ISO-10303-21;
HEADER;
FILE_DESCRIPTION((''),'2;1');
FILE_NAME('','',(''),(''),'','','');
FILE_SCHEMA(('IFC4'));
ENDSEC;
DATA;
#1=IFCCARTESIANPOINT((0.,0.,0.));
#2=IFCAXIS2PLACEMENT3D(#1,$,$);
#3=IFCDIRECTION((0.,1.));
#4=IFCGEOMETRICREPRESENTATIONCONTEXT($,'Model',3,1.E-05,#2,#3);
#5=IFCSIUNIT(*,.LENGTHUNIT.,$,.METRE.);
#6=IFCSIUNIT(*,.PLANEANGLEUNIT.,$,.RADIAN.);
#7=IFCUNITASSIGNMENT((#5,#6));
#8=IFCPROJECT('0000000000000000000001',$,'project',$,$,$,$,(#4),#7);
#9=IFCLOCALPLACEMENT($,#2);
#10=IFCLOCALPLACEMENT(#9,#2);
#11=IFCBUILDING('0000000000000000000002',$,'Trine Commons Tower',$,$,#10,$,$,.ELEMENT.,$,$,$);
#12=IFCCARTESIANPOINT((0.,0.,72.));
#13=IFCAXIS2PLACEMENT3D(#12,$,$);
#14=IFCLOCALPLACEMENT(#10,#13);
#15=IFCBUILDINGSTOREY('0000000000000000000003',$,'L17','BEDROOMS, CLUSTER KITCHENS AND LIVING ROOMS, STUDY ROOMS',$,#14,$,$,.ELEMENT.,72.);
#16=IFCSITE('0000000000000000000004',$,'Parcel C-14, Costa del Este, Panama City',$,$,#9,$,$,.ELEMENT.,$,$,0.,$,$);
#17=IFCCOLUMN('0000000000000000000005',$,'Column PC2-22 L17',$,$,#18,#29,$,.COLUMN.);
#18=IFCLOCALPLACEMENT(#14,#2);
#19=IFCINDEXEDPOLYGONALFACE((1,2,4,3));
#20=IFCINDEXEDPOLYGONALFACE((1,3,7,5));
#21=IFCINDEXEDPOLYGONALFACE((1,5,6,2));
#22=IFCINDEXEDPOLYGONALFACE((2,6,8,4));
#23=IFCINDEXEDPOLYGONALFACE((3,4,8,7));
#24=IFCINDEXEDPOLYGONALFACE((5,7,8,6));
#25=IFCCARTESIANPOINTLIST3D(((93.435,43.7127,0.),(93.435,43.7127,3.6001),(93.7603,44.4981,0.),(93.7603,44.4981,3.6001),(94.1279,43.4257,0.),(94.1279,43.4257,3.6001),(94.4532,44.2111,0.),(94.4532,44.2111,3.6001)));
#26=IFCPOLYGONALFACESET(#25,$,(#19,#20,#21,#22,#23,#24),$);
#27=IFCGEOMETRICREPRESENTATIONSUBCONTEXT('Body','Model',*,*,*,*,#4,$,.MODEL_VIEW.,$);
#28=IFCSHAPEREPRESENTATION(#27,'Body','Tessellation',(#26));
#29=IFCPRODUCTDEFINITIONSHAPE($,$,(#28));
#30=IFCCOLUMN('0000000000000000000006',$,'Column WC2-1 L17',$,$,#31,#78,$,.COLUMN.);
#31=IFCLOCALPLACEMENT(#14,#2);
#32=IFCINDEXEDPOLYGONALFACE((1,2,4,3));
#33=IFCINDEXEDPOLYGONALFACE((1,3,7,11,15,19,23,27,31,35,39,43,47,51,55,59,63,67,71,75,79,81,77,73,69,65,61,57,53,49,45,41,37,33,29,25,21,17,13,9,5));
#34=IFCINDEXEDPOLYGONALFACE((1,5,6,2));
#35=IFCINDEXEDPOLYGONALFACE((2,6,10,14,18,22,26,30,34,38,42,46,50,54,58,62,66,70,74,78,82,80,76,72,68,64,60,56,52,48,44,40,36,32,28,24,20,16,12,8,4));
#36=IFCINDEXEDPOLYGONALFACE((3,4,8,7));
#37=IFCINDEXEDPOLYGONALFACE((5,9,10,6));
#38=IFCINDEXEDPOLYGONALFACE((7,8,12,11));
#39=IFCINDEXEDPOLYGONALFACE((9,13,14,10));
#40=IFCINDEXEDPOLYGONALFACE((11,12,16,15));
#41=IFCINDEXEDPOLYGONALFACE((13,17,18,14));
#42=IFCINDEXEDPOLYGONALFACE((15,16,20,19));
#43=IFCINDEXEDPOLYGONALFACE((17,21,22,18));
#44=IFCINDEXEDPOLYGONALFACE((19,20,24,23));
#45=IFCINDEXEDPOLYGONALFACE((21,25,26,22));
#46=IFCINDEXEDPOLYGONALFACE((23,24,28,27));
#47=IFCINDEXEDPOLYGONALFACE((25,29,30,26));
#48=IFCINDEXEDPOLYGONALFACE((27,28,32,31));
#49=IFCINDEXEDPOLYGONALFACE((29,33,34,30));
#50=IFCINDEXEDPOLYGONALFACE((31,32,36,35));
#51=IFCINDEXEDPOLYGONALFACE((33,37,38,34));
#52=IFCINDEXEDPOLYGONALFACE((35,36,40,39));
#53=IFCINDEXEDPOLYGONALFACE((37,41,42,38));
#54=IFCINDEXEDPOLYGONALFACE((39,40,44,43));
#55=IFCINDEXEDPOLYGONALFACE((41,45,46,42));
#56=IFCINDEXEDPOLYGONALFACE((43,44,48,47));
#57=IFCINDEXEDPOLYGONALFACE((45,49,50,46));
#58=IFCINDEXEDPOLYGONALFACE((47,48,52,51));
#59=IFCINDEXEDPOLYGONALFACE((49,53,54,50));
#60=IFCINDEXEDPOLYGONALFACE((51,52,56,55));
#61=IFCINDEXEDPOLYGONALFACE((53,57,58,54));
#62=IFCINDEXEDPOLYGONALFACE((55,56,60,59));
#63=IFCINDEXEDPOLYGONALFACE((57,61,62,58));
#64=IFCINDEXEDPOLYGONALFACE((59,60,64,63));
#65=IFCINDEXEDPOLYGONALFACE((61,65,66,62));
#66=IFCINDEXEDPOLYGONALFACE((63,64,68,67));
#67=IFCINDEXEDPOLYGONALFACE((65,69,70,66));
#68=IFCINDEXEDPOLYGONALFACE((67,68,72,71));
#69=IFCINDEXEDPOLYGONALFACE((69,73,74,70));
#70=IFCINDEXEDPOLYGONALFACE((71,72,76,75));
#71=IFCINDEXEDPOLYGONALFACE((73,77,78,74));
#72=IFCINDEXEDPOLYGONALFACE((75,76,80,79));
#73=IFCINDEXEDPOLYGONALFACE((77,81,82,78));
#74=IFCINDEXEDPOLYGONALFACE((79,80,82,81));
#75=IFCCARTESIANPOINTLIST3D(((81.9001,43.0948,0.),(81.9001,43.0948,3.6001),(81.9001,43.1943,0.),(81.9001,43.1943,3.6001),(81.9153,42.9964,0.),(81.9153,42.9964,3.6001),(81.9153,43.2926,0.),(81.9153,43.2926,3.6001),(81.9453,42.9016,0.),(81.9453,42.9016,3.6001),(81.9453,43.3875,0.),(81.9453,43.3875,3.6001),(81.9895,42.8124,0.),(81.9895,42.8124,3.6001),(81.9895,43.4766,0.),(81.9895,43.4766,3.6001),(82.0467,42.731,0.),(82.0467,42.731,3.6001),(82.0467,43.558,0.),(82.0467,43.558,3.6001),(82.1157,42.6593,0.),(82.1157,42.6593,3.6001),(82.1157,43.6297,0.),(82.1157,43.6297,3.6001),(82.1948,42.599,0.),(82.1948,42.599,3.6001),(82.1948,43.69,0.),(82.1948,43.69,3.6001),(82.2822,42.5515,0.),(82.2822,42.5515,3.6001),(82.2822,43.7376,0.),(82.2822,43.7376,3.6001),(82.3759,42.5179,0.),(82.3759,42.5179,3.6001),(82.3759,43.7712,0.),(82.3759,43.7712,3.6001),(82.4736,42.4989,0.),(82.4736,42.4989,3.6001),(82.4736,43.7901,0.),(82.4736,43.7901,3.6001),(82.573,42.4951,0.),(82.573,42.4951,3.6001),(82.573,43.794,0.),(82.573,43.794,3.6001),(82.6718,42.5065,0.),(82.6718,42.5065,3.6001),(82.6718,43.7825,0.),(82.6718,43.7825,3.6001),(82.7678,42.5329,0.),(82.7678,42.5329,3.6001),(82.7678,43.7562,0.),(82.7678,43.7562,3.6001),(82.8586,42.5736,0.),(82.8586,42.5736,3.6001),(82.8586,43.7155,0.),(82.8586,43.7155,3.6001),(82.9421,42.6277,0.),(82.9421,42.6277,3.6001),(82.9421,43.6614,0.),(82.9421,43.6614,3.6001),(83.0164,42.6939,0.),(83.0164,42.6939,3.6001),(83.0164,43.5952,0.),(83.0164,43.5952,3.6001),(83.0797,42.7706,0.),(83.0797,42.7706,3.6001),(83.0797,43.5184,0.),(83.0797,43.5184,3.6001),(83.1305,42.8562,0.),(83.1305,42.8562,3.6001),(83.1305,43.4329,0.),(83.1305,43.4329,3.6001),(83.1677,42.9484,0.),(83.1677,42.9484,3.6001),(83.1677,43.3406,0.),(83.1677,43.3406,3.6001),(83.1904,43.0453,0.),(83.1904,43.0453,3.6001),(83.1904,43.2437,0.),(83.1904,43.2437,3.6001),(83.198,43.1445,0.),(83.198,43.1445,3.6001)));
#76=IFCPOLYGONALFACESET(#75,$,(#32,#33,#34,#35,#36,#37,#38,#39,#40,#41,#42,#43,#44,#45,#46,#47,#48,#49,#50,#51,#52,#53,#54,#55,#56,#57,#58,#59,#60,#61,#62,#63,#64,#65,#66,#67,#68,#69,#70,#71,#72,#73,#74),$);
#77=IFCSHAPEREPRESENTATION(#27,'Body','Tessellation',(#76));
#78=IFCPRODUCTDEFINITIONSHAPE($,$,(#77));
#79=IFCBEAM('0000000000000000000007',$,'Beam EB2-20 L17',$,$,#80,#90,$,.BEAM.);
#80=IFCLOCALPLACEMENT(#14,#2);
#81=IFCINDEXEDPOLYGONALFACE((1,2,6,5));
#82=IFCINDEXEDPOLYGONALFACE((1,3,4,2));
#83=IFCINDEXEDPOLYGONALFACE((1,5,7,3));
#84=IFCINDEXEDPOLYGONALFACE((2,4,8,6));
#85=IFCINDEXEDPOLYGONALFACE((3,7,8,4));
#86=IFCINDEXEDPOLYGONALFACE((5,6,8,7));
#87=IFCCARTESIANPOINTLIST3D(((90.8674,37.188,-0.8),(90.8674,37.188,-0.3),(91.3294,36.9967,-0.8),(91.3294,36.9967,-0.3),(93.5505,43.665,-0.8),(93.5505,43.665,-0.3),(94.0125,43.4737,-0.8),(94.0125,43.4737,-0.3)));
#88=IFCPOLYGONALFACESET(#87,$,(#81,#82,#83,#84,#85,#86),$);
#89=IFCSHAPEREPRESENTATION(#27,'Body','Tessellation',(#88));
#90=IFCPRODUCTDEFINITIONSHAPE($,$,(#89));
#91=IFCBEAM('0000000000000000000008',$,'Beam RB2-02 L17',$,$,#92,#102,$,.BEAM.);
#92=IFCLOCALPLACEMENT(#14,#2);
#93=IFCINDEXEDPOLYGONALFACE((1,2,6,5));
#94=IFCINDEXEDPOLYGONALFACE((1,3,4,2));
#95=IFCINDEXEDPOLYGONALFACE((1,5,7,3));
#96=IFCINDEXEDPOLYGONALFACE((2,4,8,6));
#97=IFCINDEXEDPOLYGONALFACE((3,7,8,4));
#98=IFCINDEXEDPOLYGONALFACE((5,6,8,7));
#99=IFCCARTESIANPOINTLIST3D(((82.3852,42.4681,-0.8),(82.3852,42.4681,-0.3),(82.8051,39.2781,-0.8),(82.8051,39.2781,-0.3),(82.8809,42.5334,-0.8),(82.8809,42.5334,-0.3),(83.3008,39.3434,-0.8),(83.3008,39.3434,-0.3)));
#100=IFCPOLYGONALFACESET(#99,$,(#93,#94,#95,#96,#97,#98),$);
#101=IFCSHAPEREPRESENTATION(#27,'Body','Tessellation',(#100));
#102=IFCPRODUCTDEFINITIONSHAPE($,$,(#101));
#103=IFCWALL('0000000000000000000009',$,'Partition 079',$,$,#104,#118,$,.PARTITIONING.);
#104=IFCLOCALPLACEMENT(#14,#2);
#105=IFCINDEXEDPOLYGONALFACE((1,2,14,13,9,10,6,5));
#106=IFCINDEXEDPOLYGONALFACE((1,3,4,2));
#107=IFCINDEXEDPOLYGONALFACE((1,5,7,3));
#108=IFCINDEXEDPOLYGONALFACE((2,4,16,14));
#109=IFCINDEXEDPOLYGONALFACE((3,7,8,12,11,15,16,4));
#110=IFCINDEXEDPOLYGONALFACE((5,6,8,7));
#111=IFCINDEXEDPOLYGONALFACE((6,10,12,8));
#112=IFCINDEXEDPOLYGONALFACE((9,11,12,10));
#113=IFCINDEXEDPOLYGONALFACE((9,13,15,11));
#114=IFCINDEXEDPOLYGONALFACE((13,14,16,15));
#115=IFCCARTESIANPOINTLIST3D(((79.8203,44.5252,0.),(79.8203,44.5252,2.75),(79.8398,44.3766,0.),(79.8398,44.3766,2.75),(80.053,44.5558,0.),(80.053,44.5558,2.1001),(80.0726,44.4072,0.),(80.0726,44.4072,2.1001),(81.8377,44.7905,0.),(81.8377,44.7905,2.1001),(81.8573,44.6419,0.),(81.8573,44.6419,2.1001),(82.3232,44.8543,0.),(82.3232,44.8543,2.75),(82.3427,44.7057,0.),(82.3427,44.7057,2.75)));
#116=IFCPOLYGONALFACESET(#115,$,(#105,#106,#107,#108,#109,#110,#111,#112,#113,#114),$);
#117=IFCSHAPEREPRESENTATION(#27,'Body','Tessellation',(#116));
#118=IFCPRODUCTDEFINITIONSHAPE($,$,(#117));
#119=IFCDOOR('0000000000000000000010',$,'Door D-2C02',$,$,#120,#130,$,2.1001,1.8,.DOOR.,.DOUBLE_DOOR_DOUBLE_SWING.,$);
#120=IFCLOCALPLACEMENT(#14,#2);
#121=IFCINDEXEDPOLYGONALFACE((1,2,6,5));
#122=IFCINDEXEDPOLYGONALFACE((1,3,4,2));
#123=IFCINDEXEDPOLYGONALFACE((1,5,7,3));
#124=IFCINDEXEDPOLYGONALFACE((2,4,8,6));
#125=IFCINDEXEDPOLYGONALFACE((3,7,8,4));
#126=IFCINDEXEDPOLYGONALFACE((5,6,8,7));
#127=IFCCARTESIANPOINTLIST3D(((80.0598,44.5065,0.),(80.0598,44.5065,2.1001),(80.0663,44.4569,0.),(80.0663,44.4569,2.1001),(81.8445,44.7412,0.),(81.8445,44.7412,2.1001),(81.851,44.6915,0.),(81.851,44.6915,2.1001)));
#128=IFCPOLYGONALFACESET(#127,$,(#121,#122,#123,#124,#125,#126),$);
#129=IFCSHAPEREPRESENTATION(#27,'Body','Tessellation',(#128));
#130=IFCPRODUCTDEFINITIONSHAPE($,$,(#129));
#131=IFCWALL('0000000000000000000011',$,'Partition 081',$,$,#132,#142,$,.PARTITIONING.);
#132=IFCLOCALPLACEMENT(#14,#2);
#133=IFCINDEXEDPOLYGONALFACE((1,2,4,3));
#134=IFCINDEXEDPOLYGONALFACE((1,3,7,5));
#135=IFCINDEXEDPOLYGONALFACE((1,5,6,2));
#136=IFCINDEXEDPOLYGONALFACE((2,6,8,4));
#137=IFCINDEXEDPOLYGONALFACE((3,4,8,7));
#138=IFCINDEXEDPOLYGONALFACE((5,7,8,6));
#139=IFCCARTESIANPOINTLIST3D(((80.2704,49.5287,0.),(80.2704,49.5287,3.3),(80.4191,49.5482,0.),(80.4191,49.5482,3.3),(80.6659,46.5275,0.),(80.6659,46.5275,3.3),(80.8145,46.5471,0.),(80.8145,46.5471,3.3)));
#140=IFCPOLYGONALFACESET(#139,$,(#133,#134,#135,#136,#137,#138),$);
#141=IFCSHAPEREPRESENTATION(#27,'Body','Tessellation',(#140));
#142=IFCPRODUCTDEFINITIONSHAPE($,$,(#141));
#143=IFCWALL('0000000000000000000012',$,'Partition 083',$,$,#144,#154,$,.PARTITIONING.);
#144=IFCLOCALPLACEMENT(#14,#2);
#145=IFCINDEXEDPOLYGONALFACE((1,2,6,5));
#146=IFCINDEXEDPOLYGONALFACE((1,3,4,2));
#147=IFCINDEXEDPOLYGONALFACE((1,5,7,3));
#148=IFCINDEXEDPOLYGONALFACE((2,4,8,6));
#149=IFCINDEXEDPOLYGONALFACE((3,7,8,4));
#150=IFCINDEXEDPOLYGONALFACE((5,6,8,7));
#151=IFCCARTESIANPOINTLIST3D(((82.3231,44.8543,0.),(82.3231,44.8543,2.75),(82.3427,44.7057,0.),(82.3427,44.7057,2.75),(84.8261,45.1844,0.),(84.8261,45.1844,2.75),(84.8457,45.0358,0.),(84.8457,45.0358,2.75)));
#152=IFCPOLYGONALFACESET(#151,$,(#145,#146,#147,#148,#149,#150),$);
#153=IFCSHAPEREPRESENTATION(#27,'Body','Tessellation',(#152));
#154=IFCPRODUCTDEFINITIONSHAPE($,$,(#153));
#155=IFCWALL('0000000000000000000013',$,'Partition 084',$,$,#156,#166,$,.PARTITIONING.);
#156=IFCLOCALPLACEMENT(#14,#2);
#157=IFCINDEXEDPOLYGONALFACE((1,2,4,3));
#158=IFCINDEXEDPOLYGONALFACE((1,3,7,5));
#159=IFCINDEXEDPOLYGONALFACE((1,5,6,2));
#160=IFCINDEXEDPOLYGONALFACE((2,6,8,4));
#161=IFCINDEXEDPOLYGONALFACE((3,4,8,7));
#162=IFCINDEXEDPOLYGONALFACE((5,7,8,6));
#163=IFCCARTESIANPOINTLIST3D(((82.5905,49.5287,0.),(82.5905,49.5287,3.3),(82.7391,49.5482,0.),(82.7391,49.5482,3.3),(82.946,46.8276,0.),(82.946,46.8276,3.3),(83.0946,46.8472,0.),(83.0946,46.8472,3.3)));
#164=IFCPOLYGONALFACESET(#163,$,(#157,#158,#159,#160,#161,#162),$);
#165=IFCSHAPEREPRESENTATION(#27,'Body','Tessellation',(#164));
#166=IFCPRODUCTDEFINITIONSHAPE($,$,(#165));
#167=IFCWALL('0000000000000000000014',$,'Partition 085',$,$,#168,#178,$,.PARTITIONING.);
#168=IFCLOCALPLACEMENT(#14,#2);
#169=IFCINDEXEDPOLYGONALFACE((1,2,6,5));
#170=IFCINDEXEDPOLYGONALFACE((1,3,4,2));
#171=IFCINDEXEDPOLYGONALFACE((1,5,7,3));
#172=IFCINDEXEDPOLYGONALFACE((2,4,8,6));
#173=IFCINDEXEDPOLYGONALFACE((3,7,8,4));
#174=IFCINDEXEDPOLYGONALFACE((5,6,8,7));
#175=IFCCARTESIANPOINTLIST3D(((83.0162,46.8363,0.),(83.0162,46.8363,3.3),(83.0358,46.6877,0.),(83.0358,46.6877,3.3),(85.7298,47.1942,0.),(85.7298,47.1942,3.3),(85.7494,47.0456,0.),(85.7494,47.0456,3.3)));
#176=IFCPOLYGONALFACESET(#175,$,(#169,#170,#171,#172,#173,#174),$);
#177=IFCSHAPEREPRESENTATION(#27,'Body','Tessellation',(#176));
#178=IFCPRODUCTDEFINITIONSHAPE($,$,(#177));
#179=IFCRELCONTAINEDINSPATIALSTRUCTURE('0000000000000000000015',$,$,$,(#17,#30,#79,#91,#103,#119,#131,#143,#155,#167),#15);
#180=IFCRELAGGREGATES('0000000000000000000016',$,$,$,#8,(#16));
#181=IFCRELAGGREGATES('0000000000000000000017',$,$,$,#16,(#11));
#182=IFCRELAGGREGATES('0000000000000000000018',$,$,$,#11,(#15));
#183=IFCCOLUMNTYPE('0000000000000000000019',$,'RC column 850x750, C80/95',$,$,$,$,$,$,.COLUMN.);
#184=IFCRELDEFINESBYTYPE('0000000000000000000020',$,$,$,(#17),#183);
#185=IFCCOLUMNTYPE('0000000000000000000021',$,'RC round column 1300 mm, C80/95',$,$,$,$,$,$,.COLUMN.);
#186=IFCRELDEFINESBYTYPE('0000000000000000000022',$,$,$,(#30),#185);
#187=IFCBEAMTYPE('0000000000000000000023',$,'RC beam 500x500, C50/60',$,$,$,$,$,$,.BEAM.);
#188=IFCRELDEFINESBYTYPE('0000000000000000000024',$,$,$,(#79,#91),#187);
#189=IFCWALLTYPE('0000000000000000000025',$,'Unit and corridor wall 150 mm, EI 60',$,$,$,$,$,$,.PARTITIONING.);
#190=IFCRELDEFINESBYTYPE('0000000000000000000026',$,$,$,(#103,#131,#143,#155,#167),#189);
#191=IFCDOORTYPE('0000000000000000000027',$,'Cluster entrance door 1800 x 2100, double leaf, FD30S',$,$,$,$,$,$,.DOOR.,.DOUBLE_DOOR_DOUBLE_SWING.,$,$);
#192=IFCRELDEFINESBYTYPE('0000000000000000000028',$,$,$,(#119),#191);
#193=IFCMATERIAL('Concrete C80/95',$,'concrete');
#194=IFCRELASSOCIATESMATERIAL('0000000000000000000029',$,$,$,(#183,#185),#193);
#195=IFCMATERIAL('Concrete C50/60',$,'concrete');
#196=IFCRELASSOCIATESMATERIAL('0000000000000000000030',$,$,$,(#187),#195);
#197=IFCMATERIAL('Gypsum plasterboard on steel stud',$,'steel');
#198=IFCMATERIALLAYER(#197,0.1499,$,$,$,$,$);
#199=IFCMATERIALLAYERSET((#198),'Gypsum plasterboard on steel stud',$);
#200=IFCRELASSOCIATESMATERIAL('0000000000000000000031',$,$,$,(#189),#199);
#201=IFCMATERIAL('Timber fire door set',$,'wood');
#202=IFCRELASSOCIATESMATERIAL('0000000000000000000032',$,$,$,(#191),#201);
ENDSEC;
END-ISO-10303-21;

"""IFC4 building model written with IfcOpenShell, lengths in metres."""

from ifc_helpers import new_model, si_unit, direction, frame, frame_2d, origin, origin_2d, place, context, subcontext, project, spatial, rectangle, circle, extrude, material, layer, layer_set, material_profile, profile_set, type_object, element, fill, save


model = new_model("IFC4")

# Units and contexts
model_context = context("Model", 3, precision=1e-05, world=origin(), true_north=direction((0.0, 1.0)))
body_context = subcontext(model_context, "Body", "Model", "MODEL_VIEW")
ifc_project = project(units=[si_unit("LENGTHUNIT", "METRE"), si_unit("PLANEANGLEUNIT", "RADIAN")], contexts=[model_context])

# Site, building, storey
site_placement = place(None, origin())
site = spatial("IfcSite", under=ifc_project, at=site_placement, Name="Parcel C-14, Costa del Este, Panama City", CompositionType="ELEMENT", RefElevation=0.0)
building_placement = place(site_placement, origin())
building = spatial("IfcBuilding", under=site, at=building_placement, Name="Trine Commons Tower", CompositionType="ELEMENT")
storey_placement = place(building_placement, frame((0.0, 0.0, 72.0)))
storey = spatial("IfcBuildingStorey", under=building, at=storey_placement, Name="L17", Description="BEDROOMS, CLUSTER KITCHENS AND LIVING ROOMS, STUDY ROOMS", CompositionType="ELEMENT", Elevation=72.0)

# Columns
ifc_material_1 = material(Name="Concrete C80/95", Category="concrete")
ifc_material_profile_1 = material_profile(ifc_material_1, rectangle(XDim=0.8501, YDim=0.75, at=origin_2d()), Name="RC 850x750")
ifc_profile_set_1 = profile_set([ifc_material_profile_1], Name="Concrete C80/95")
column_type_1 = type_object("IfcColumnType", Name="RC column 850x750, C80/95", PredefinedType="COLUMN", material=ifc_profile_set_1)
column_1_placement = place(storey_placement, frame((93.9441, 43.9619, 0.0), z_axis=(0.0, 0.0, 1.0), x_axis=(0.382683, 0.92388, 0.0)))
element("IfcColumn", 1, at=column_1_placement, inside=storey, type_object=column_type_1, Name="Column PC2-22 L17", PredefinedType="COLUMN", context=body_context, shape_type="SweptSolid", body=[
    extrude(rectangle(XDim=0.8501, YDim=0.75, at=origin_2d()), origin(), (0.0, 0.0, 1.0), 3.6001),
])
ifc_material_profile_2 = material_profile(ifc_material_1, circle(Radius=0.6499, at=origin_2d()), Name="RC round 1300")
ifc_profile_set_2 = profile_set([ifc_material_profile_2], Name="Concrete C80/95")
column_type_2 = type_object("IfcColumnType", Name="RC round column 1300 mm, C80/95", PredefinedType="COLUMN", material=ifc_profile_set_2)
column_2_placement = place(storey_placement, frame((82.5481, 43.1445, 0.0), z_axis=(0.0, 0.0, 1.0), x_axis=(1.0, 0.0, 0.0)))
element("IfcColumn", 2, at=column_2_placement, inside=storey, type_object=column_type_2, Name="Column WC2-1 L17", PredefinedType="COLUMN", context=body_context, shape_type="SweptSolid", body=[
    extrude(circle(Radius=0.6499, at=origin_2d()), origin(), (0.0, 0.0, 1.0), 3.6001),
])

# Beams
ifc_material_2 = material(Name="Concrete C50/60", Category="concrete")
ifc_material_profile_3 = material_profile(ifc_material_2, rectangle(XDim=0.5, YDim=0.5, at=origin_2d()), Name="RC 500x500")
ifc_profile_set_3 = profile_set([ifc_material_profile_3], Name="Concrete C50/60")
beam_type = type_object("IfcBeamType", Name="RC beam 500x500, C50/60", PredefinedType="BEAM", material=ifc_profile_set_3)
beam_1_placement = place(storey_placement, frame((93.7815, 43.5693, -0.55), z_axis=(-0.382711, -0.923868, 0.0), x_axis=(0.923868, -0.382711, 0.0)))
element("IfcBeam", 3, at=beam_1_placement, inside=storey, type_object=beam_type, Name="Beam EB2-20 L17", PredefinedType="BEAM", context=body_context, shape_type="SweptSolid", body=[
    extrude(rectangle(XDim=0.5, YDim=0.5, at=origin_2d()), origin(), (0.0, 0.0, 1.0), 7.0107),
])
beam_2_placement = place(storey_placement, frame((82.6331, 42.5007, -0.55), z_axis=(0.130513, -0.991447, 0.0), x_axis=(0.991447, 0.130513, 0.0)))
element("IfcBeam", 4, at=beam_2_placement, inside=storey, type_object=beam_type, Name="Beam RB2-02 L17", PredefinedType="BEAM", context=body_context, shape_type="SweptSolid", body=[
    extrude(rectangle(XDim=0.5, YDim=0.5, at=origin_2d()), origin(), (0.0, 0.0, 1.0), 3.2175),
])

# Wall, opening, door
ifc_material_3 = material(Name="Gypsum plasterboard on steel stud", Category="steel")
ifc_layer_1 = layer(ifc_material_3, 0.1499)
ifc_layer_set_1 = layer_set([ifc_layer_1], Name="Gypsum plasterboard on steel stud")
wall_type_1 = type_object("IfcWallType", Name="Unit and corridor wall 150 mm, EI 60", PredefinedType="PARTITIONING", material=ifc_layer_set_1)
wall_1_placement = place(storey_placement, frame((79.8301, 44.4509, 0.0), z_axis=(0.0, 0.0, 1.0), x_axis=(0.991466, 0.130364, 0.0)))
wall_1 = element("IfcWall", 5, at=wall_1_placement, inside=storey, type_object=wall_type_1, Name="Partition 079", PredefinedType="PARTITIONING", context=body_context, shape_type="SweptSolid", body=[
    extrude(rectangle(XDim=2.5244, YDim=0.1499, at=frame_2d((1.2622, 0.0))), origin(), (0.0, 0.0, 1.0), 2.75),
])
opening_1_placement = place(wall_1_placement, frame((0.2349, 0.0, 0.0)))
opening_1 = element("IfcOpeningElement", 6, at=opening_1_placement, cuts=wall_1, PredefinedType="OPENING", context=body_context, shape_type="SweptSolid", body=[
    extrude(rectangle(XDim=1.8, YDim=2.1001, at=frame_2d((0.8999, 1.05))), frame((0.0, 0.085, 0.0), z_axis=(0.0, -1.0, 0.0), x_axis=(1.0, 0.0, 0.0)), (0.0, 0.0, 1.0), 0.1699),
])
ifc_material_4 = material(Name="Timber fire door set", Category="wood")
door_type_1 = type_object("IfcDoorType", Name="Cluster entrance door 1800 x 2100, double leaf, FD30S", OperationType="DOUBLE_DOOR_DOUBLE_SWING", PredefinedType="DOOR", material=ifc_material_4)
door_1_placement = place(opening_1_placement, frame((1.8, 0.0, 0.0), z_axis=(0.0, 0.0, 1.0), x_axis=(-1.0, 0.0, 0.0)))
door_1 = element("IfcDoor", 7, at=door_1_placement, inside=storey, type_object=door_type_1, Name="Door D-2C02", OperationType="DOUBLE_DOOR_DOUBLE_SWING", OverallHeight=2.1001, OverallWidth=1.8, PredefinedType="DOOR", context=body_context, shape_type="SweptSolid", body=[
    extrude(rectangle(XDim=1.8, YDim=2.1001, at=frame_2d((0.8999, 1.05))), frame((0.0, 0.0249, 0.0), z_axis=(0.0, -1.0, 0.0), x_axis=(1.0, 0.0, 0.0)), (0.0, 0.0, 1.0), 0.05),
])
fill(opening_1, door_1)

# Walls
wall_2_placement = place(storey_placement, frame((80.3447, 49.5386, 0.0), z_axis=(0.0, 0.0, 1.0), x_axis=(0.130653, -0.991428, 0.0)))
element("IfcWall", 8, at=wall_2_placement, inside=storey, type_object=wall_type_1, Name="Partition 081", PredefinedType="PARTITIONING", context=body_context, shape_type="SweptSolid", body=[
    extrude(rectangle(XDim=3.0271, YDim=0.1499, at=frame_2d((1.5137, 0.0))), origin(), (0.0, 0.0, 1.0), 3.3),
])
wall_3_placement = place(storey_placement, frame((82.333, 44.78, 0.0), z_axis=(0.0, 0.0, 1.0), x_axis=(0.991416, 0.130745, 0.0)))
element("IfcWall", 9, at=wall_3_placement, inside=storey, type_object=wall_type_1, Name="Partition 083", PredefinedType="PARTITIONING", context=body_context, shape_type="SweptSolid", body=[
    extrude(rectangle(XDim=2.5247, YDim=0.1499, at=frame_2d((1.2622, 0.0))), origin(), (0.0, 0.0, 1.0), 2.75),
])
wall_4_placement = place(storey_placement, frame((82.6648, 49.5386, 0.0), z_axis=(0.0, 0.0, 1.0), x_axis=(0.130473, -0.991452, 0.0)))
element("IfcWall", 10, at=wall_4_placement, inside=storey, type_object=wall_type_1, Name="Partition 084", PredefinedType="PARTITIONING", context=body_context, shape_type="SweptSolid", body=[
    extrude(rectangle(XDim=2.7244, YDim=0.1499, at=frame_2d((1.3623, 0.0))), origin(), (0.0, 0.0, 1.0), 3.3),
])
wall_5_placement = place(storey_placement, frame((83.0259, 46.762, 0.0), z_axis=(0.0, 0.0, 1.0), x_axis=(0.991414, 0.130761, 0.0)))
element("IfcWall", 11, at=wall_5_placement, inside=storey, type_object=wall_type_1, Name="Partition 085", PredefinedType="PARTITIONING", context=body_context, shape_type="SweptSolid", body=[
    extrude(rectangle(XDim=2.7371, YDim=0.1499, at=frame_2d((1.3687, 0.0))), origin(), (0.0, 0.0, 1.0), 3.3),
])

save(model, "model.ifc")
